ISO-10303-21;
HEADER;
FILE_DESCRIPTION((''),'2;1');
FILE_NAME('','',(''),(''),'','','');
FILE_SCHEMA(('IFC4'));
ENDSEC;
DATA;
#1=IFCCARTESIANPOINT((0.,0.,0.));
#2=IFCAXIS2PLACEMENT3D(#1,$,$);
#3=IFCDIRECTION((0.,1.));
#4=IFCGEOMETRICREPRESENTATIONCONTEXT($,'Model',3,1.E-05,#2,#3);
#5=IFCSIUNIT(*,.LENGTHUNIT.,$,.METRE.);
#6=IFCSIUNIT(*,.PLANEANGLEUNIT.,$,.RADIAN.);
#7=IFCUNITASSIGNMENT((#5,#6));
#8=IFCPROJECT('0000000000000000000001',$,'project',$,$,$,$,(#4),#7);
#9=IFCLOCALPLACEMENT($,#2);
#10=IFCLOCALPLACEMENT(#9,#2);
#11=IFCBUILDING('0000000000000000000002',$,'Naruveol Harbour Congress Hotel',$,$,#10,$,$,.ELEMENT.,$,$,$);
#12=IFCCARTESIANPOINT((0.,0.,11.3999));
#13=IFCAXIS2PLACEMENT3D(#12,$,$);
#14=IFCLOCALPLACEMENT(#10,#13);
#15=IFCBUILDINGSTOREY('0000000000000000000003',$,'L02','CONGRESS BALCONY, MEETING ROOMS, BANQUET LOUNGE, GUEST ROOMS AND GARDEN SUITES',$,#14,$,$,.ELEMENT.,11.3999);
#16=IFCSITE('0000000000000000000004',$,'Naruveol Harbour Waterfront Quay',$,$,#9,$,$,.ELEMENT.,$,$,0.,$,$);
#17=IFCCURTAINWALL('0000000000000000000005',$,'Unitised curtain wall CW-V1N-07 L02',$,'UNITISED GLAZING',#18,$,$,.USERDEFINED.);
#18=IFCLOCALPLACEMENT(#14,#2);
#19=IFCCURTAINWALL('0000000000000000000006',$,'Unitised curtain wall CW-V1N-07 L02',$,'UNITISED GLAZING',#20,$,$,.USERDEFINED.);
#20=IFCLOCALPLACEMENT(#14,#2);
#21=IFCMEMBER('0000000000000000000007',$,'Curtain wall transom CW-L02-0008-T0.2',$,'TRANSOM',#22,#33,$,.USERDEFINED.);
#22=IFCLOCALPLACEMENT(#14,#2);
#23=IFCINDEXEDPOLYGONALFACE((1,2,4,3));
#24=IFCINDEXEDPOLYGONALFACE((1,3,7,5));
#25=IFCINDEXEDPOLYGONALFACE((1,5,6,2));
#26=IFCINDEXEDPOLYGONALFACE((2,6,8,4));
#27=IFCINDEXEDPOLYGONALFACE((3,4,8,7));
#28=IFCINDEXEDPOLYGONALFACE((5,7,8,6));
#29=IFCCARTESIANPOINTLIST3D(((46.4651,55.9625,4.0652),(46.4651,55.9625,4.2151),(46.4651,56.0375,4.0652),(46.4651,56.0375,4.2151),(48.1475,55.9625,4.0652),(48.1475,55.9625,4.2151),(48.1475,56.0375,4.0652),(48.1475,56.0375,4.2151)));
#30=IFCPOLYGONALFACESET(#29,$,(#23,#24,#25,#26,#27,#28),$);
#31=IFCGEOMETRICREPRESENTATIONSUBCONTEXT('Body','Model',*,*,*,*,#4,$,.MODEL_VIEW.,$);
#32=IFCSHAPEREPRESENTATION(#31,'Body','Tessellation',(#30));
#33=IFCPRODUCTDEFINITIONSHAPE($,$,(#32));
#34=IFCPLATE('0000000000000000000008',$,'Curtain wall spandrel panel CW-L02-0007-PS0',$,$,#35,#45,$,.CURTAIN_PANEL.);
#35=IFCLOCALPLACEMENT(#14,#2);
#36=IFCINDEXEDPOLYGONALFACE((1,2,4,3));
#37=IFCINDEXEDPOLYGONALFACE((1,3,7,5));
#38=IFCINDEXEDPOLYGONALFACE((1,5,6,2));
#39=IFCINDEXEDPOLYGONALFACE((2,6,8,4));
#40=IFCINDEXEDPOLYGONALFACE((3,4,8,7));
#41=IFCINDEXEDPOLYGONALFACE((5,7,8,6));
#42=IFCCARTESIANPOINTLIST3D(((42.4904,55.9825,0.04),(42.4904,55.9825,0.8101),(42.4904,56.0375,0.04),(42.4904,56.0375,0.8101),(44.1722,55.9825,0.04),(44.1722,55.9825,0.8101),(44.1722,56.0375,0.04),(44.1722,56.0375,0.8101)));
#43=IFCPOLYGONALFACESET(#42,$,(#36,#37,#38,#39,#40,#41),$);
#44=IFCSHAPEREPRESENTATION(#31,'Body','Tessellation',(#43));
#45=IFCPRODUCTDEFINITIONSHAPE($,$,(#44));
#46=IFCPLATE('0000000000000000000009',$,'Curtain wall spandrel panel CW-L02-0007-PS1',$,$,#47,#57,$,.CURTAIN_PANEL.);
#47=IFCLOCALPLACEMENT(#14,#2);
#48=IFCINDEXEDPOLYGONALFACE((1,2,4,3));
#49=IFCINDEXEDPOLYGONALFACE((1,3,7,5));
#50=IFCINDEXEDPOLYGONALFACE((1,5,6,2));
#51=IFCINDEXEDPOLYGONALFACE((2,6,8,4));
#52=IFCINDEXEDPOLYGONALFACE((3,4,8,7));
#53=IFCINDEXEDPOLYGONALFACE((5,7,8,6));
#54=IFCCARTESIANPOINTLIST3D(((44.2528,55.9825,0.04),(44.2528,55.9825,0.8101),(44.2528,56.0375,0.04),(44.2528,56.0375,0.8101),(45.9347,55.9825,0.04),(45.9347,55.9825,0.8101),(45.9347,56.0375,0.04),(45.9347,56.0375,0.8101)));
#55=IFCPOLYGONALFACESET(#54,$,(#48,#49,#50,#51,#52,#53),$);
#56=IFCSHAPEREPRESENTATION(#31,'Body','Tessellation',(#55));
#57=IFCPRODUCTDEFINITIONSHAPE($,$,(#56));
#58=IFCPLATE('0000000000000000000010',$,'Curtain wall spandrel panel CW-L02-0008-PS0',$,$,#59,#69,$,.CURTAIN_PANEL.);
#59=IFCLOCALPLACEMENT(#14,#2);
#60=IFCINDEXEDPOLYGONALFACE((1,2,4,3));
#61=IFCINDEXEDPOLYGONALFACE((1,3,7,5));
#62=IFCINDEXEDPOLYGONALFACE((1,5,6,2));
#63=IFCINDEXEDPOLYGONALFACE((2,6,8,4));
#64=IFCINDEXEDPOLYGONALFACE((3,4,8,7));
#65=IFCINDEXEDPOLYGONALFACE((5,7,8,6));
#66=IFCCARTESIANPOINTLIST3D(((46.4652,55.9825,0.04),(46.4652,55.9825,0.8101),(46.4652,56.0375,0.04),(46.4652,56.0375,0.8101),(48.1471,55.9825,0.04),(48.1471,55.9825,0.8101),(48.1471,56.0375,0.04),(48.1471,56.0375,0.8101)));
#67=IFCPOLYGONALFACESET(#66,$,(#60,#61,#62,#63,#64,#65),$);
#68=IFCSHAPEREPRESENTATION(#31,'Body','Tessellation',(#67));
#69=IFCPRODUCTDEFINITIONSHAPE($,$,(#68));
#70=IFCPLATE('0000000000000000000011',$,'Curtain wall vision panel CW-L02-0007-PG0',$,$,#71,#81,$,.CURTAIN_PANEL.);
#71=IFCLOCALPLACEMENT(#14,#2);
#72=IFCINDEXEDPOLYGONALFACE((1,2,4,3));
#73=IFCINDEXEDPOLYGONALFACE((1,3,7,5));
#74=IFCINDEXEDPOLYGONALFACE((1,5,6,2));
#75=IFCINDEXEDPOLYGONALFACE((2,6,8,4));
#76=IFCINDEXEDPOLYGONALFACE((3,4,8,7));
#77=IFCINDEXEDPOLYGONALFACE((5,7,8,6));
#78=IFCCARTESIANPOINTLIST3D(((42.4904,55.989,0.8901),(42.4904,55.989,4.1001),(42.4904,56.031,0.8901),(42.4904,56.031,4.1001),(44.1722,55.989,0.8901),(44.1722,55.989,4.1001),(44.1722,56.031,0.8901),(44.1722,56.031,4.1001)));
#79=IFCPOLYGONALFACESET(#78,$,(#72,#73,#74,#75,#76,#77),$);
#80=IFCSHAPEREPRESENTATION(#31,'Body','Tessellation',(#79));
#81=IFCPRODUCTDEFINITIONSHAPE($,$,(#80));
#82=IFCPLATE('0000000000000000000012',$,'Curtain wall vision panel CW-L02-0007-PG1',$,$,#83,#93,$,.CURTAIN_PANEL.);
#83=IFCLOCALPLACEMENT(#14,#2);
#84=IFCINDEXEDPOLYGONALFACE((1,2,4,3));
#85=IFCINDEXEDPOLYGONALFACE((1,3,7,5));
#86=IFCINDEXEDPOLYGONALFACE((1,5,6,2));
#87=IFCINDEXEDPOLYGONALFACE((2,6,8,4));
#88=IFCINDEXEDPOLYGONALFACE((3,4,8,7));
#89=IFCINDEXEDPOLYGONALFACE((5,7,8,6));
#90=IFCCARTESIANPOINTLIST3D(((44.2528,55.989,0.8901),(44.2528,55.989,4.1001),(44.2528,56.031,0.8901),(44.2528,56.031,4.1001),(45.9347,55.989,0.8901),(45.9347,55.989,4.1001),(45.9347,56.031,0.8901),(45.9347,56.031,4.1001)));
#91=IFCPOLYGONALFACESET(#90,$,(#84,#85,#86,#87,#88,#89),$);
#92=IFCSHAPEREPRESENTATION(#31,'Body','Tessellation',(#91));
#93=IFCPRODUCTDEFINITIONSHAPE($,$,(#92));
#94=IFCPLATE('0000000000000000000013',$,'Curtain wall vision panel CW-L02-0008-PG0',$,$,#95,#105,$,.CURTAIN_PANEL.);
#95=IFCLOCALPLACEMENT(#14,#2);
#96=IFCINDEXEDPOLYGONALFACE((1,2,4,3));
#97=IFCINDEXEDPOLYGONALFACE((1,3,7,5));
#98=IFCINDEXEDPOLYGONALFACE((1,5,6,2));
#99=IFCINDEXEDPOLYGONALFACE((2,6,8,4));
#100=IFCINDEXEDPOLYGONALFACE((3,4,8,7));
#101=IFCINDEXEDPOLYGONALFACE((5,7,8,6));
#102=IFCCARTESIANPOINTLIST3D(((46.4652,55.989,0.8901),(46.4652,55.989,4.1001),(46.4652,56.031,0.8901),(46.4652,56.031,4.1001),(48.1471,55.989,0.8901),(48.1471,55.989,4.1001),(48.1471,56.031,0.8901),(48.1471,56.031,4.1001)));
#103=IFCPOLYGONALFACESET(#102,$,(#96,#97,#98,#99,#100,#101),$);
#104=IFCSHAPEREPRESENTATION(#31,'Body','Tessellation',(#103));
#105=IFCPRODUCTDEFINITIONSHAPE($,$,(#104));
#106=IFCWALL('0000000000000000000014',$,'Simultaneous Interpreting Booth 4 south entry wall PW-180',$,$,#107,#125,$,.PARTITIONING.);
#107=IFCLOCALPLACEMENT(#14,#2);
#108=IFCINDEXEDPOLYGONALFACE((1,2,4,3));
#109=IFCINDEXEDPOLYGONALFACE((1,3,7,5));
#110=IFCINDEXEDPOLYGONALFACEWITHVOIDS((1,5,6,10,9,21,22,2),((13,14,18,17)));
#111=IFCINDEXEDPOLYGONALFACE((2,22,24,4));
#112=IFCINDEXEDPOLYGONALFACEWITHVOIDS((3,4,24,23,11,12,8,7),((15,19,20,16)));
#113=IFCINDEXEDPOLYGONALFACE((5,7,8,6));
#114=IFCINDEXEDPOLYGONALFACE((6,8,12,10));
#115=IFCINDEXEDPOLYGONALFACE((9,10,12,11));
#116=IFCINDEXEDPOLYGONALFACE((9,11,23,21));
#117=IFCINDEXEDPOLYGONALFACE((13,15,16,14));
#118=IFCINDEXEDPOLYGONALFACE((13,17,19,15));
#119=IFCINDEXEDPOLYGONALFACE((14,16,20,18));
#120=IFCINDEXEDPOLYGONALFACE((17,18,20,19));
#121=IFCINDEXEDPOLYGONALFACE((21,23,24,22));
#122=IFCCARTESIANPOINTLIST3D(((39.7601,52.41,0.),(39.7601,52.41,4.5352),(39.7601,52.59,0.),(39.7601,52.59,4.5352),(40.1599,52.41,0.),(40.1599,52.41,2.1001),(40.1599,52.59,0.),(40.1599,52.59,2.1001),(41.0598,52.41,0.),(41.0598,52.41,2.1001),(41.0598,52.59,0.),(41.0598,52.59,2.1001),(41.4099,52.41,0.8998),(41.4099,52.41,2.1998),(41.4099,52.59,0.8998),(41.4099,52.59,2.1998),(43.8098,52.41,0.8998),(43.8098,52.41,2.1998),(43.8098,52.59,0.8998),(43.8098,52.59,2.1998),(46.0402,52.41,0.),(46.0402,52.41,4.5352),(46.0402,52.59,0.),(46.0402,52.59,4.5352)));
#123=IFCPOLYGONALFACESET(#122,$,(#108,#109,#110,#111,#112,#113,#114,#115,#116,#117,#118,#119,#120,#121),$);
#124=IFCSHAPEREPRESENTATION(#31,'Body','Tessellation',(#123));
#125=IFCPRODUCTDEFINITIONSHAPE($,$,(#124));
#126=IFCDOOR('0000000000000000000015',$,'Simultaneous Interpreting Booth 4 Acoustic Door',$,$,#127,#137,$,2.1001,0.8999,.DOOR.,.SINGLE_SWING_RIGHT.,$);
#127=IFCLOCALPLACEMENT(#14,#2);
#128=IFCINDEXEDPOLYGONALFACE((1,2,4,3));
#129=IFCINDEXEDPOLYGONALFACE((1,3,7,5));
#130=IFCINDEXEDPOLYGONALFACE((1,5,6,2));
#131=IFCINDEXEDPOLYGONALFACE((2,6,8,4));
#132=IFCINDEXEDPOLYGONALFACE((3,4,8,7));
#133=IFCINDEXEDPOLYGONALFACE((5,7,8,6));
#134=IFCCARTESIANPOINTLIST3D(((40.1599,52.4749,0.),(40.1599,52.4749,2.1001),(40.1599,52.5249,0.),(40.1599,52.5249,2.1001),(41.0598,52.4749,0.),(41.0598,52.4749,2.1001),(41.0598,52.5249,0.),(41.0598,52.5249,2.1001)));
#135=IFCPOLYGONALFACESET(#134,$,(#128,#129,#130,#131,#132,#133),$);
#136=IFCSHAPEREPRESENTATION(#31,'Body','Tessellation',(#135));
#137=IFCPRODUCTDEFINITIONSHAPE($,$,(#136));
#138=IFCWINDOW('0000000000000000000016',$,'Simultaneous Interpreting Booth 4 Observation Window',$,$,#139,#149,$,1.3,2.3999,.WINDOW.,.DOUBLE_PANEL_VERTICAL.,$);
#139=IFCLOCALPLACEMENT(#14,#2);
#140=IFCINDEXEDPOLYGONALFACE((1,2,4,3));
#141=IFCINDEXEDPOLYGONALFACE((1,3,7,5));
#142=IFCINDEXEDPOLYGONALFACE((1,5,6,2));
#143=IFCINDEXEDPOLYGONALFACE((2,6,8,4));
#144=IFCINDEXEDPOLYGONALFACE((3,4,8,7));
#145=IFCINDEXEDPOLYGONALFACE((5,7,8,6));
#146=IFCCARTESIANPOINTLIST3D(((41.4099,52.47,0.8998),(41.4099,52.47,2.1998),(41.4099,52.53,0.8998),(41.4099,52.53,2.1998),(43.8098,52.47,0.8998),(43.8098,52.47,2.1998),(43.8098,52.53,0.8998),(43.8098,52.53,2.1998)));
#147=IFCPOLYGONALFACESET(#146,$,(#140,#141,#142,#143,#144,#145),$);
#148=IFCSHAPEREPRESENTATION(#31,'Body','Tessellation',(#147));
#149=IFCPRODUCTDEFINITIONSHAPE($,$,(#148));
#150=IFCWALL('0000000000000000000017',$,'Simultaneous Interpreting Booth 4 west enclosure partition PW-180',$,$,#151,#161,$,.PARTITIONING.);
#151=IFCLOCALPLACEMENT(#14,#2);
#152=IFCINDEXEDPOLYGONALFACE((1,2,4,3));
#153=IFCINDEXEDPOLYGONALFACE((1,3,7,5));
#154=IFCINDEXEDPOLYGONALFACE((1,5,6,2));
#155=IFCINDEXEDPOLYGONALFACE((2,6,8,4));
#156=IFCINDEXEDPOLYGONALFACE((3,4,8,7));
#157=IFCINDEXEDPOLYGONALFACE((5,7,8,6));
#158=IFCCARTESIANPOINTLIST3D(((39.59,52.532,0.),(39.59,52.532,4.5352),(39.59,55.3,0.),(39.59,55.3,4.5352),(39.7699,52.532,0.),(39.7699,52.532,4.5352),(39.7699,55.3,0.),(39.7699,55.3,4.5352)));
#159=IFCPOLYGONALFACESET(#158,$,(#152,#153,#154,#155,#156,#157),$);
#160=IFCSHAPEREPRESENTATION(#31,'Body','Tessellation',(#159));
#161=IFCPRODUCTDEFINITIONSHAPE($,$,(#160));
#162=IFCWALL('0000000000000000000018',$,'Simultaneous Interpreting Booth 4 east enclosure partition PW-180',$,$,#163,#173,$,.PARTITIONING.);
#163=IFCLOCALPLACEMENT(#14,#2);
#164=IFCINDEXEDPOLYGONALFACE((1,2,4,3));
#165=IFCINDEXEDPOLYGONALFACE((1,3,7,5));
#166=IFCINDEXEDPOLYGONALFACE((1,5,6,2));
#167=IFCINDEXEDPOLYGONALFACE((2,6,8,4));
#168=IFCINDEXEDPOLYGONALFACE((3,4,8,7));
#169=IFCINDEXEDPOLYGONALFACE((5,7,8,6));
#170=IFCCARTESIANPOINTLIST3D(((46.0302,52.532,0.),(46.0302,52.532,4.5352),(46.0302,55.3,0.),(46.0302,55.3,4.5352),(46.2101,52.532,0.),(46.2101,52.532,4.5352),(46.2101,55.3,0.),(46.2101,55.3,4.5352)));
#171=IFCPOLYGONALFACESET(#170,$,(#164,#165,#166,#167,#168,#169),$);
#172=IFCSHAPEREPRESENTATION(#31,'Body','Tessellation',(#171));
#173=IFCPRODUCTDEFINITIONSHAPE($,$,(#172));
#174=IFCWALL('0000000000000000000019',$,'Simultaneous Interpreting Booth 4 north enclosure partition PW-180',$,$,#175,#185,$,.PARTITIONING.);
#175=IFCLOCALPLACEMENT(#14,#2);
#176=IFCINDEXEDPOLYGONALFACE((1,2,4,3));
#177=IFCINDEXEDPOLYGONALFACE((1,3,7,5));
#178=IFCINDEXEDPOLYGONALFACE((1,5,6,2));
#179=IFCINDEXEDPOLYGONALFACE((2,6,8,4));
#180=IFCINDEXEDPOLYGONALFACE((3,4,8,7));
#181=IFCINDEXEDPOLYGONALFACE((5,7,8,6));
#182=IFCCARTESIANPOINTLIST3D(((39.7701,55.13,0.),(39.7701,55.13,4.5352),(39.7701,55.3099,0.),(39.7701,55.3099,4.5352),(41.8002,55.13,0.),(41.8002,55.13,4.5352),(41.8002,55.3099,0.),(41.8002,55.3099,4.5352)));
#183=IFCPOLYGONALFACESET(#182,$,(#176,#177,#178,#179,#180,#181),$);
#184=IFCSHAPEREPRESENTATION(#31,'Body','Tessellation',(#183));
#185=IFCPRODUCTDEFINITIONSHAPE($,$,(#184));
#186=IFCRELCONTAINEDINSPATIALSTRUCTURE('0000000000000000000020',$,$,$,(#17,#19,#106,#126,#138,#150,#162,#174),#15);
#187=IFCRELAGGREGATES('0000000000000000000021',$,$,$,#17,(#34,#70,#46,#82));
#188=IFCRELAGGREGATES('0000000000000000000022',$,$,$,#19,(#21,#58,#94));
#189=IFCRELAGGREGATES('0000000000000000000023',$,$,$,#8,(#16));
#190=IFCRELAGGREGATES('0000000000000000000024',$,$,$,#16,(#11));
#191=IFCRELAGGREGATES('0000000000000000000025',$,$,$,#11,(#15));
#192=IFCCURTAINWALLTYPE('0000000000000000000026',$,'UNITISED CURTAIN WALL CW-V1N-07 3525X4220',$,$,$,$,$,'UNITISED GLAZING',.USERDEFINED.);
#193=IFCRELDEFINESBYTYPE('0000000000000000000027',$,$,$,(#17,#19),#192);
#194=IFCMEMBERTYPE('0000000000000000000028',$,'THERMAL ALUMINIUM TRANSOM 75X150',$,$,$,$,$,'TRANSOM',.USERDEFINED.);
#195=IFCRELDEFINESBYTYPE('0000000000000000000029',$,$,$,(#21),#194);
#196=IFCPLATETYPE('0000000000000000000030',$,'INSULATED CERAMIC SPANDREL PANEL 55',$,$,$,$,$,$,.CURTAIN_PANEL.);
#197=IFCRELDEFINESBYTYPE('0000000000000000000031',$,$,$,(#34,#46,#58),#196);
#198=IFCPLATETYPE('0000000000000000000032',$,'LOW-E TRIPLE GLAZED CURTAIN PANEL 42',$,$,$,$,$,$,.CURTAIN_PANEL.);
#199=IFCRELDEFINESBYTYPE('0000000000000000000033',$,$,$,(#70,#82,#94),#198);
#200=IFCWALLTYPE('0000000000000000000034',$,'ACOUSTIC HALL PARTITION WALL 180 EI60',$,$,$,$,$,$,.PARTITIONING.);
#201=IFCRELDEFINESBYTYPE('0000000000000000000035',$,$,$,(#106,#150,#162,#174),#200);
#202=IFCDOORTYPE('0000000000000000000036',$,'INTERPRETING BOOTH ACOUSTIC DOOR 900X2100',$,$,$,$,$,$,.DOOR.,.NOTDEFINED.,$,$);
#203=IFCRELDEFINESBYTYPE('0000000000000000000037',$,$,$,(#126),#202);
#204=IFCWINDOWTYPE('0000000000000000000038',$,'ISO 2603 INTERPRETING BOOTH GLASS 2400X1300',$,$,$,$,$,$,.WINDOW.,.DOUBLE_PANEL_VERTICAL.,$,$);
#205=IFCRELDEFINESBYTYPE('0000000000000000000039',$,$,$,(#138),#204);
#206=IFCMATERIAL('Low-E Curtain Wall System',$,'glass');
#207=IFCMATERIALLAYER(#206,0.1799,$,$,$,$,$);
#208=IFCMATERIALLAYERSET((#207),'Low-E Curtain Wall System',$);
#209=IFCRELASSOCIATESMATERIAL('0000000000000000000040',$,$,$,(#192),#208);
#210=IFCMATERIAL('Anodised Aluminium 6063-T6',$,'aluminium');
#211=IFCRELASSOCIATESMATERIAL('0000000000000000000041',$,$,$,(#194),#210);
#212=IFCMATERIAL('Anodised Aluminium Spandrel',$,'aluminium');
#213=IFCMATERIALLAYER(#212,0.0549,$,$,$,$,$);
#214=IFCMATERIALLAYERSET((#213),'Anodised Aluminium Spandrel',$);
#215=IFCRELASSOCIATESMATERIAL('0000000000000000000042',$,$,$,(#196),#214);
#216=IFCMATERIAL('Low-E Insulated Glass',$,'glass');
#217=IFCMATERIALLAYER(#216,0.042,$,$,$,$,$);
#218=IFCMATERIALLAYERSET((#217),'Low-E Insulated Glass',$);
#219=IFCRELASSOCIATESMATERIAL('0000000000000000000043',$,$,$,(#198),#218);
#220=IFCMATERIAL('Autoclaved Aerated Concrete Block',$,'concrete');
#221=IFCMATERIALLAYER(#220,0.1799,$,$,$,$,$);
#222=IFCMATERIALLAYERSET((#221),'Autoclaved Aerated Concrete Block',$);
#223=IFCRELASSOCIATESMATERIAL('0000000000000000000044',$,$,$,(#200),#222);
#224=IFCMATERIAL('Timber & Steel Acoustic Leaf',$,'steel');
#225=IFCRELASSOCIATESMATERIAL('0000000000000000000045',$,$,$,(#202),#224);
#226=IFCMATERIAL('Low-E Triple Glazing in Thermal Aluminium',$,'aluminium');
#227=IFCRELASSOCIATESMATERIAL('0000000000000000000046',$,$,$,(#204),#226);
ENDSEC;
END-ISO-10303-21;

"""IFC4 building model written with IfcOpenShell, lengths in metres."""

from ifc_helpers import new_model, si_unit, direction, frame, frame_2d, origin, origin_2d, place, context, subcontext, project, spatial, rectangle, extrude, material, layer, layer_set, material_profile, profile_set, type_object, element, fill, aggregate, save


model = new_model("IFC4")

# Units and contexts
model_context = context("Model", 3, precision=1e-05, world=origin(), true_north=direction((0.0, 1.0)))
body_context = subcontext(model_context, "Body", "Model", "MODEL_VIEW")
ifc_project = project(units=[si_unit("LENGTHUNIT", "METRE"), si_unit("PLANEANGLEUNIT", "RADIAN")], contexts=[model_context])

# Site, building, storey
site_placement = place(None, origin())
site = spatial("IfcSite", under=ifc_project, at=site_placement, Name="Naruveol Harbour Waterfront Quay", CompositionType="ELEMENT", RefElevation=0.0)
building_placement = place(site_placement, origin())
building = spatial("IfcBuilding", under=site, at=building_placement, Name="Naruveol Harbour Congress Hotel", CompositionType="ELEMENT")
storey_placement = place(building_placement, frame((0.0, 0.0, 11.3999)))
storey = spatial("IfcBuildingStorey", under=building, at=storey_placement, Name="L02", Description="CONGRESS BALCONY, MEETING ROOMS, BANQUET LOUNGE, GUEST ROOMS AND GARDEN SUITES", CompositionType="ELEMENT", Elevation=11.3999)

# Curtain walls
ifc_material_1 = material(Name="Low-E Curtain Wall System", Category="glass")
ifc_layer_1 = layer(ifc_material_1, 0.1799)
ifc_layer_set_1 = layer_set([ifc_layer_1], Name="Low-E Curtain Wall System")
curtain_wall_type = type_object("IfcCurtainWallType", Name="UNITISED CURTAIN WALL CW-V1N-07 3525X4220", ElementType="UNITISED GLAZING", PredefinedType="USERDEFINED", material=ifc_layer_set_1)
curtain_wall_1_placement = place(storey_placement, origin())
curtain_wall_1 = element("IfcCurtainWall", 1, at=curtain_wall_1_placement, inside=storey, type_object=curtain_wall_type, Name="Unitised curtain wall CW-V1N-07 L02", ObjectType="UNITISED GLAZING", PredefinedType="USERDEFINED")
curtain_wall_2_placement = place(storey_placement, origin())
curtain_wall_2 = element("IfcCurtainWall", 2, at=curtain_wall_2_placement, inside=storey, type_object=curtain_wall_type, Name="Unitised curtain wall CW-V1N-07 L02", ObjectType="UNITISED GLAZING", PredefinedType="USERDEFINED")

# Member
ifc_material_2 = material(Name="Anodised Aluminium 6063-T6", Category="aluminium")
ifc_material_profile_1 = material_profile(ifc_material_2, rectangle(XDim=0.075, YDim=0.1499, at=origin_2d()), Name="ALU-75x150")
ifc_profile_set_1 = profile_set([ifc_material_profile_1], Name="Anodised Aluminium 6063-T6")
member_type_1 = type_object("IfcMemberType", Name="THERMAL ALUMINIUM TRANSOM 75X150", ElementType="TRANSOM", PredefinedType="USERDEFINED", material=ifc_profile_set_1)
member_1_placement = place(storey_placement, frame((46.4651, 56.0, 4.1401), z_axis=(1.0, 0.0, 0.0), x_axis=(0.0, 1.0, 0.0)))
member_1 = element("IfcMember", 3, at=member_1_placement, type_object=member_type_1, Name="Curtain wall transom CW-L02-0008-T0.2", ObjectType="TRANSOM", PredefinedType="USERDEFINED", context=body_context, shape_type="SweptSolid", body=[
    extrude(rectangle(XDim=0.075, YDim=0.1499, at=origin_2d()), origin(), (0.0, 0.0, 1.0), 1.6824),
])

# Plates
ifc_material_3 = material(Name="Anodised Aluminium Spandrel", Category="aluminium")
ifc_layer_2 = layer(ifc_material_3, 0.0549)
ifc_layer_set_2 = layer_set([ifc_layer_2], Name="Anodised Aluminium Spandrel")
plate_type_1 = type_object("IfcPlateType", Name="INSULATED CERAMIC SPANDREL PANEL 55", PredefinedType="CURTAIN_PANEL", material=ifc_layer_set_2)
plate_1_placement = place(storey_placement, frame((43.3313, 56.01, 0.04), z_axis=(0.0, 0.0, 1.0), x_axis=(1.0, 0.0, 0.0)))
plate_1 = element("IfcPlate", 4, at=plate_1_placement, type_object=plate_type_1, Name="Curtain wall spandrel panel CW-L02-0007-PS0", PredefinedType="CURTAIN_PANEL", context=body_context, shape_type="SweptSolid", body=[
    extrude(rectangle(XDim=1.6819, YDim=0.0549, at=origin_2d()), origin(), (0.0, 0.0, 1.0), 0.77),
])
plate_2_placement = place(storey_placement, frame((45.0938, 56.01, 0.04), z_axis=(0.0, 0.0, 1.0), x_axis=(1.0, 0.0, 0.0)))
plate_2 = element("IfcPlate", 5, at=plate_2_placement, type_object=plate_type_1, Name="Curtain wall spandrel panel CW-L02-0007-PS1", PredefinedType="CURTAIN_PANEL", context=body_context, shape_type="SweptSolid", body=[
    extrude(rectangle(XDim=1.6819, YDim=0.0549, at=origin_2d()), origin(), (0.0, 0.0, 1.0), 0.77),
])
plate_3_placement = place(storey_placement, frame((47.3062, 56.01, 0.04), z_axis=(0.0, 0.0, 1.0), x_axis=(1.0, 0.0, 0.0)))
plate_3 = element("IfcPlate", 6, at=plate_3_placement, type_object=plate_type_1, Name="Curtain wall spandrel panel CW-L02-0008-PS0", PredefinedType="CURTAIN_PANEL", context=body_context, shape_type="SweptSolid", body=[
    extrude(rectangle(XDim=1.6819, YDim=0.0549, at=origin_2d()), origin(), (0.0, 0.0, 1.0), 0.77),
])
ifc_material_4 = material(Name="Low-E Insulated Glass", Category="glass")
ifc_layer_3 = layer(ifc_material_4, 0.042)
ifc_layer_set_3 = layer_set([ifc_layer_3], Name="Low-E Insulated Glass")
plate_type_2 = type_object("IfcPlateType", Name="LOW-E TRIPLE GLAZED CURTAIN PANEL 42", PredefinedType="CURTAIN_PANEL", material=ifc_layer_set_3)
plate_4_placement = place(storey_placement, frame((43.3313, 56.01, 0.8901), z_axis=(0.0, 0.0, 1.0), x_axis=(1.0, 0.0, 0.0)))
plate_4 = element("IfcPlate", 7, at=plate_4_placement, type_object=plate_type_2, Name="Curtain wall vision panel CW-L02-0007-PG0", PredefinedType="CURTAIN_PANEL", context=body_context, shape_type="SweptSolid", body=[
    extrude(rectangle(XDim=1.6819, YDim=0.042, at=origin_2d()), origin(), (0.0, 0.0, 1.0), 3.21),
])
plate_5_placement = place(storey_placement, frame((45.0938, 56.01, 0.8901), z_axis=(0.0, 0.0, 1.0), x_axis=(1.0, 0.0, 0.0)))
plate_5 = element("IfcPlate", 8, at=plate_5_placement, type_object=plate_type_2, Name="Curtain wall vision panel CW-L02-0007-PG1", PredefinedType="CURTAIN_PANEL", context=body_context, shape_type="SweptSolid", body=[
    extrude(rectangle(XDim=1.6819, YDim=0.042, at=origin_2d()), origin(), (0.0, 0.0, 1.0), 3.21),
])
aggregate(curtain_wall_1, [plate_1, plate_4, plate_2, plate_5])
plate_6_placement = place(storey_placement, frame((47.3062, 56.01, 0.8901), z_axis=(0.0, 0.0, 1.0), x_axis=(1.0, 0.0, 0.0)))
plate_6 = element("IfcPlate", 9, at=plate_6_placement, type_object=plate_type_2, Name="Curtain wall vision panel CW-L02-0008-PG0", PredefinedType="CURTAIN_PANEL", context=body_context, shape_type="SweptSolid", body=[
    extrude(rectangle(XDim=1.6819, YDim=0.042, at=origin_2d()), origin(), (0.0, 0.0, 1.0), 3.21),
])
aggregate(curtain_wall_2, [member_1, plate_3, plate_6])

# Wall, openings, door, window
ifc_material_5 = material(Name="Autoclaved Aerated Concrete Block", Category="concrete")
ifc_layer_4 = layer(ifc_material_5, 0.1799)
ifc_layer_set_4 = layer_set([ifc_layer_4], Name="Autoclaved Aerated Concrete Block")
wall_type_1 = type_object("IfcWallType", Name="ACOUSTIC HALL PARTITION WALL 180 EI60", PredefinedType="PARTITIONING", material=ifc_layer_set_4)
wall_1_placement = place(storey_placement, frame((39.76, 52.5, 0.0), z_axis=(0.0, 0.0, 1.0), x_axis=(1.0, 0.0, 0.0)))
wall_1 = element("IfcWall", 10, at=wall_1_placement, inside=storey, type_object=wall_type_1, Name="Simultaneous Interpreting Booth 4 south entry wall PW-180", PredefinedType="PARTITIONING", context=body_context, shape_type="SweptSolid", body=[
    extrude(rectangle(XDim=6.28, YDim=0.1799, at=frame_2d((3.1401, 0.0))), origin(), (0.0, 0.0, 1.0), 4.5352),
])
opening_1_placement = place(wall_1_placement, frame((0.3999, 0.0, 0.0)))
opening_1 = element("IfcOpeningElement", 11, at=opening_1_placement, cuts=wall_1, PredefinedType="OPENING", context=body_context, shape_type="SweptSolid", body=[
    extrude(rectangle(XDim=0.8999, YDim=2.1001, at=frame_2d((0.45, 1.05))), frame((0.0, 0.0999, 0.0), z_axis=(0.0, -1.0, 0.0), x_axis=(1.0, 0.0, 0.0)), (0.0, 0.0, 1.0), 0.2),
])
opening_2_placement = place(wall_1_placement, frame((1.6499, 0.0, 0.8999)))
opening_2 = element("IfcOpeningElement", 12, at=opening_2_placement, cuts=wall_1, PredefinedType="OPENING", context=body_context, shape_type="SweptSolid", body=[
    extrude(rectangle(XDim=2.3999, YDim=1.3, at=frame_2d((1.2, 0.6499))), frame((0.0, 0.0999, 0.0), z_axis=(0.0, -1.0, 0.0), x_axis=(1.0, 0.0, 0.0)), (0.0, 0.0, 1.0), 0.2),
])
ifc_material_6 = material(Name="Timber & Steel Acoustic Leaf", Category="steel")
door_type = type_object("IfcDoorType", Name="INTERPRETING BOOTH ACOUSTIC DOOR 900X2100", OperationType="NOTDEFINED", PredefinedType="DOOR", material=ifc_material_6)
door_placement = place(opening_1_placement, origin())
door = element("IfcDoor", 13, at=door_placement, inside=storey, type_object=door_type, Name="Simultaneous Interpreting Booth 4 Acoustic Door", OperationType="SINGLE_SWING_RIGHT", OverallHeight=2.1001, OverallWidth=0.8999, PredefinedType="DOOR", context=body_context, shape_type="SweptSolid", body=[
    extrude(rectangle(XDim=0.8999, YDim=2.1001, at=frame_2d((0.45, 1.05))), frame((0.0, 0.0249, 0.0), z_axis=(0.0, -1.0, 0.0), x_axis=(1.0, 0.0, 0.0)), (0.0, 0.0, 1.0), 0.05),
])
fill(opening_1, door)
ifc_material_7 = material(Name="Low-E Triple Glazing in Thermal Aluminium", Category="aluminium")
window_type = type_object("IfcWindowType", Name="ISO 2603 INTERPRETING BOOTH GLASS 2400X1300", PartitioningType="DOUBLE_PANEL_VERTICAL", PredefinedType="WINDOW", material=ifc_material_7)
window_placement = place(opening_2_placement, origin())
window = element("IfcWindow", 14, at=window_placement, inside=storey, type_object=window_type, Name="Simultaneous Interpreting Booth 4 Observation Window", OverallHeight=1.3, OverallWidth=2.3999, PartitioningType="DOUBLE_PANEL_VERTICAL", PredefinedType="WINDOW", context=body_context, shape_type="SweptSolid", body=[
    extrude(rectangle(XDim=2.3999, YDim=1.3, at=frame_2d((1.2, 0.6499))), frame((0.0, 0.03, 0.0), z_axis=(0.0, -1.0, 0.0), x_axis=(1.0, 0.0, 0.0)), (0.0, 0.0, 1.0), 0.0601),
])
fill(opening_2, window)

# Walls
for number, where, z_axis, x_axis, name in (
    (15, (39.6799, 52.532, 0.0), (0.0, 0.0, 1.0), (0.0, 1.0, 0.0), "Simultaneous Interpreting Booth 4 west enclosure partition PW-180"),
    (16, (46.1201, 52.532, 0.0), (0.0, 0.0, 1.0), (0.0, 1.0, 0.0), "Simultaneous Interpreting Booth 4 east enclosure partition PW-180"),
):
    element("IfcWall", number, at=place(storey_placement, frame(where, z_axis=z_axis, x_axis=x_axis)), inside=storey, type_object=wall_type_1, Name=name, PredefinedType="PARTITIONING", context=body_context, shape_type="SweptSolid", body=[
        extrude(rectangle(XDim=2.7681, YDim=0.1799, at=frame_2d((1.384, 0.0))), origin(), (0.0, 0.0, 1.0), 4.5352),
    ])
wall_2_placement = place(storey_placement, frame((39.77, 55.22, 0.0), z_axis=(0.0, 0.0, 1.0), x_axis=(1.0, 0.0, 0.0)))
element("IfcWall", 17, at=wall_2_placement, inside=storey, type_object=wall_type_1, Name="Simultaneous Interpreting Booth 4 north enclosure partition PW-180", PredefinedType="PARTITIONING", context=body_context, shape_type="SweptSolid", body=[
    extrude(rectangle(XDim=2.03, YDim=0.1799, at=frame_2d((1.0151, 0.0))), origin(), (0.0, 0.0, 1.0), 4.5352),
])

save(model, "model.ifc")
